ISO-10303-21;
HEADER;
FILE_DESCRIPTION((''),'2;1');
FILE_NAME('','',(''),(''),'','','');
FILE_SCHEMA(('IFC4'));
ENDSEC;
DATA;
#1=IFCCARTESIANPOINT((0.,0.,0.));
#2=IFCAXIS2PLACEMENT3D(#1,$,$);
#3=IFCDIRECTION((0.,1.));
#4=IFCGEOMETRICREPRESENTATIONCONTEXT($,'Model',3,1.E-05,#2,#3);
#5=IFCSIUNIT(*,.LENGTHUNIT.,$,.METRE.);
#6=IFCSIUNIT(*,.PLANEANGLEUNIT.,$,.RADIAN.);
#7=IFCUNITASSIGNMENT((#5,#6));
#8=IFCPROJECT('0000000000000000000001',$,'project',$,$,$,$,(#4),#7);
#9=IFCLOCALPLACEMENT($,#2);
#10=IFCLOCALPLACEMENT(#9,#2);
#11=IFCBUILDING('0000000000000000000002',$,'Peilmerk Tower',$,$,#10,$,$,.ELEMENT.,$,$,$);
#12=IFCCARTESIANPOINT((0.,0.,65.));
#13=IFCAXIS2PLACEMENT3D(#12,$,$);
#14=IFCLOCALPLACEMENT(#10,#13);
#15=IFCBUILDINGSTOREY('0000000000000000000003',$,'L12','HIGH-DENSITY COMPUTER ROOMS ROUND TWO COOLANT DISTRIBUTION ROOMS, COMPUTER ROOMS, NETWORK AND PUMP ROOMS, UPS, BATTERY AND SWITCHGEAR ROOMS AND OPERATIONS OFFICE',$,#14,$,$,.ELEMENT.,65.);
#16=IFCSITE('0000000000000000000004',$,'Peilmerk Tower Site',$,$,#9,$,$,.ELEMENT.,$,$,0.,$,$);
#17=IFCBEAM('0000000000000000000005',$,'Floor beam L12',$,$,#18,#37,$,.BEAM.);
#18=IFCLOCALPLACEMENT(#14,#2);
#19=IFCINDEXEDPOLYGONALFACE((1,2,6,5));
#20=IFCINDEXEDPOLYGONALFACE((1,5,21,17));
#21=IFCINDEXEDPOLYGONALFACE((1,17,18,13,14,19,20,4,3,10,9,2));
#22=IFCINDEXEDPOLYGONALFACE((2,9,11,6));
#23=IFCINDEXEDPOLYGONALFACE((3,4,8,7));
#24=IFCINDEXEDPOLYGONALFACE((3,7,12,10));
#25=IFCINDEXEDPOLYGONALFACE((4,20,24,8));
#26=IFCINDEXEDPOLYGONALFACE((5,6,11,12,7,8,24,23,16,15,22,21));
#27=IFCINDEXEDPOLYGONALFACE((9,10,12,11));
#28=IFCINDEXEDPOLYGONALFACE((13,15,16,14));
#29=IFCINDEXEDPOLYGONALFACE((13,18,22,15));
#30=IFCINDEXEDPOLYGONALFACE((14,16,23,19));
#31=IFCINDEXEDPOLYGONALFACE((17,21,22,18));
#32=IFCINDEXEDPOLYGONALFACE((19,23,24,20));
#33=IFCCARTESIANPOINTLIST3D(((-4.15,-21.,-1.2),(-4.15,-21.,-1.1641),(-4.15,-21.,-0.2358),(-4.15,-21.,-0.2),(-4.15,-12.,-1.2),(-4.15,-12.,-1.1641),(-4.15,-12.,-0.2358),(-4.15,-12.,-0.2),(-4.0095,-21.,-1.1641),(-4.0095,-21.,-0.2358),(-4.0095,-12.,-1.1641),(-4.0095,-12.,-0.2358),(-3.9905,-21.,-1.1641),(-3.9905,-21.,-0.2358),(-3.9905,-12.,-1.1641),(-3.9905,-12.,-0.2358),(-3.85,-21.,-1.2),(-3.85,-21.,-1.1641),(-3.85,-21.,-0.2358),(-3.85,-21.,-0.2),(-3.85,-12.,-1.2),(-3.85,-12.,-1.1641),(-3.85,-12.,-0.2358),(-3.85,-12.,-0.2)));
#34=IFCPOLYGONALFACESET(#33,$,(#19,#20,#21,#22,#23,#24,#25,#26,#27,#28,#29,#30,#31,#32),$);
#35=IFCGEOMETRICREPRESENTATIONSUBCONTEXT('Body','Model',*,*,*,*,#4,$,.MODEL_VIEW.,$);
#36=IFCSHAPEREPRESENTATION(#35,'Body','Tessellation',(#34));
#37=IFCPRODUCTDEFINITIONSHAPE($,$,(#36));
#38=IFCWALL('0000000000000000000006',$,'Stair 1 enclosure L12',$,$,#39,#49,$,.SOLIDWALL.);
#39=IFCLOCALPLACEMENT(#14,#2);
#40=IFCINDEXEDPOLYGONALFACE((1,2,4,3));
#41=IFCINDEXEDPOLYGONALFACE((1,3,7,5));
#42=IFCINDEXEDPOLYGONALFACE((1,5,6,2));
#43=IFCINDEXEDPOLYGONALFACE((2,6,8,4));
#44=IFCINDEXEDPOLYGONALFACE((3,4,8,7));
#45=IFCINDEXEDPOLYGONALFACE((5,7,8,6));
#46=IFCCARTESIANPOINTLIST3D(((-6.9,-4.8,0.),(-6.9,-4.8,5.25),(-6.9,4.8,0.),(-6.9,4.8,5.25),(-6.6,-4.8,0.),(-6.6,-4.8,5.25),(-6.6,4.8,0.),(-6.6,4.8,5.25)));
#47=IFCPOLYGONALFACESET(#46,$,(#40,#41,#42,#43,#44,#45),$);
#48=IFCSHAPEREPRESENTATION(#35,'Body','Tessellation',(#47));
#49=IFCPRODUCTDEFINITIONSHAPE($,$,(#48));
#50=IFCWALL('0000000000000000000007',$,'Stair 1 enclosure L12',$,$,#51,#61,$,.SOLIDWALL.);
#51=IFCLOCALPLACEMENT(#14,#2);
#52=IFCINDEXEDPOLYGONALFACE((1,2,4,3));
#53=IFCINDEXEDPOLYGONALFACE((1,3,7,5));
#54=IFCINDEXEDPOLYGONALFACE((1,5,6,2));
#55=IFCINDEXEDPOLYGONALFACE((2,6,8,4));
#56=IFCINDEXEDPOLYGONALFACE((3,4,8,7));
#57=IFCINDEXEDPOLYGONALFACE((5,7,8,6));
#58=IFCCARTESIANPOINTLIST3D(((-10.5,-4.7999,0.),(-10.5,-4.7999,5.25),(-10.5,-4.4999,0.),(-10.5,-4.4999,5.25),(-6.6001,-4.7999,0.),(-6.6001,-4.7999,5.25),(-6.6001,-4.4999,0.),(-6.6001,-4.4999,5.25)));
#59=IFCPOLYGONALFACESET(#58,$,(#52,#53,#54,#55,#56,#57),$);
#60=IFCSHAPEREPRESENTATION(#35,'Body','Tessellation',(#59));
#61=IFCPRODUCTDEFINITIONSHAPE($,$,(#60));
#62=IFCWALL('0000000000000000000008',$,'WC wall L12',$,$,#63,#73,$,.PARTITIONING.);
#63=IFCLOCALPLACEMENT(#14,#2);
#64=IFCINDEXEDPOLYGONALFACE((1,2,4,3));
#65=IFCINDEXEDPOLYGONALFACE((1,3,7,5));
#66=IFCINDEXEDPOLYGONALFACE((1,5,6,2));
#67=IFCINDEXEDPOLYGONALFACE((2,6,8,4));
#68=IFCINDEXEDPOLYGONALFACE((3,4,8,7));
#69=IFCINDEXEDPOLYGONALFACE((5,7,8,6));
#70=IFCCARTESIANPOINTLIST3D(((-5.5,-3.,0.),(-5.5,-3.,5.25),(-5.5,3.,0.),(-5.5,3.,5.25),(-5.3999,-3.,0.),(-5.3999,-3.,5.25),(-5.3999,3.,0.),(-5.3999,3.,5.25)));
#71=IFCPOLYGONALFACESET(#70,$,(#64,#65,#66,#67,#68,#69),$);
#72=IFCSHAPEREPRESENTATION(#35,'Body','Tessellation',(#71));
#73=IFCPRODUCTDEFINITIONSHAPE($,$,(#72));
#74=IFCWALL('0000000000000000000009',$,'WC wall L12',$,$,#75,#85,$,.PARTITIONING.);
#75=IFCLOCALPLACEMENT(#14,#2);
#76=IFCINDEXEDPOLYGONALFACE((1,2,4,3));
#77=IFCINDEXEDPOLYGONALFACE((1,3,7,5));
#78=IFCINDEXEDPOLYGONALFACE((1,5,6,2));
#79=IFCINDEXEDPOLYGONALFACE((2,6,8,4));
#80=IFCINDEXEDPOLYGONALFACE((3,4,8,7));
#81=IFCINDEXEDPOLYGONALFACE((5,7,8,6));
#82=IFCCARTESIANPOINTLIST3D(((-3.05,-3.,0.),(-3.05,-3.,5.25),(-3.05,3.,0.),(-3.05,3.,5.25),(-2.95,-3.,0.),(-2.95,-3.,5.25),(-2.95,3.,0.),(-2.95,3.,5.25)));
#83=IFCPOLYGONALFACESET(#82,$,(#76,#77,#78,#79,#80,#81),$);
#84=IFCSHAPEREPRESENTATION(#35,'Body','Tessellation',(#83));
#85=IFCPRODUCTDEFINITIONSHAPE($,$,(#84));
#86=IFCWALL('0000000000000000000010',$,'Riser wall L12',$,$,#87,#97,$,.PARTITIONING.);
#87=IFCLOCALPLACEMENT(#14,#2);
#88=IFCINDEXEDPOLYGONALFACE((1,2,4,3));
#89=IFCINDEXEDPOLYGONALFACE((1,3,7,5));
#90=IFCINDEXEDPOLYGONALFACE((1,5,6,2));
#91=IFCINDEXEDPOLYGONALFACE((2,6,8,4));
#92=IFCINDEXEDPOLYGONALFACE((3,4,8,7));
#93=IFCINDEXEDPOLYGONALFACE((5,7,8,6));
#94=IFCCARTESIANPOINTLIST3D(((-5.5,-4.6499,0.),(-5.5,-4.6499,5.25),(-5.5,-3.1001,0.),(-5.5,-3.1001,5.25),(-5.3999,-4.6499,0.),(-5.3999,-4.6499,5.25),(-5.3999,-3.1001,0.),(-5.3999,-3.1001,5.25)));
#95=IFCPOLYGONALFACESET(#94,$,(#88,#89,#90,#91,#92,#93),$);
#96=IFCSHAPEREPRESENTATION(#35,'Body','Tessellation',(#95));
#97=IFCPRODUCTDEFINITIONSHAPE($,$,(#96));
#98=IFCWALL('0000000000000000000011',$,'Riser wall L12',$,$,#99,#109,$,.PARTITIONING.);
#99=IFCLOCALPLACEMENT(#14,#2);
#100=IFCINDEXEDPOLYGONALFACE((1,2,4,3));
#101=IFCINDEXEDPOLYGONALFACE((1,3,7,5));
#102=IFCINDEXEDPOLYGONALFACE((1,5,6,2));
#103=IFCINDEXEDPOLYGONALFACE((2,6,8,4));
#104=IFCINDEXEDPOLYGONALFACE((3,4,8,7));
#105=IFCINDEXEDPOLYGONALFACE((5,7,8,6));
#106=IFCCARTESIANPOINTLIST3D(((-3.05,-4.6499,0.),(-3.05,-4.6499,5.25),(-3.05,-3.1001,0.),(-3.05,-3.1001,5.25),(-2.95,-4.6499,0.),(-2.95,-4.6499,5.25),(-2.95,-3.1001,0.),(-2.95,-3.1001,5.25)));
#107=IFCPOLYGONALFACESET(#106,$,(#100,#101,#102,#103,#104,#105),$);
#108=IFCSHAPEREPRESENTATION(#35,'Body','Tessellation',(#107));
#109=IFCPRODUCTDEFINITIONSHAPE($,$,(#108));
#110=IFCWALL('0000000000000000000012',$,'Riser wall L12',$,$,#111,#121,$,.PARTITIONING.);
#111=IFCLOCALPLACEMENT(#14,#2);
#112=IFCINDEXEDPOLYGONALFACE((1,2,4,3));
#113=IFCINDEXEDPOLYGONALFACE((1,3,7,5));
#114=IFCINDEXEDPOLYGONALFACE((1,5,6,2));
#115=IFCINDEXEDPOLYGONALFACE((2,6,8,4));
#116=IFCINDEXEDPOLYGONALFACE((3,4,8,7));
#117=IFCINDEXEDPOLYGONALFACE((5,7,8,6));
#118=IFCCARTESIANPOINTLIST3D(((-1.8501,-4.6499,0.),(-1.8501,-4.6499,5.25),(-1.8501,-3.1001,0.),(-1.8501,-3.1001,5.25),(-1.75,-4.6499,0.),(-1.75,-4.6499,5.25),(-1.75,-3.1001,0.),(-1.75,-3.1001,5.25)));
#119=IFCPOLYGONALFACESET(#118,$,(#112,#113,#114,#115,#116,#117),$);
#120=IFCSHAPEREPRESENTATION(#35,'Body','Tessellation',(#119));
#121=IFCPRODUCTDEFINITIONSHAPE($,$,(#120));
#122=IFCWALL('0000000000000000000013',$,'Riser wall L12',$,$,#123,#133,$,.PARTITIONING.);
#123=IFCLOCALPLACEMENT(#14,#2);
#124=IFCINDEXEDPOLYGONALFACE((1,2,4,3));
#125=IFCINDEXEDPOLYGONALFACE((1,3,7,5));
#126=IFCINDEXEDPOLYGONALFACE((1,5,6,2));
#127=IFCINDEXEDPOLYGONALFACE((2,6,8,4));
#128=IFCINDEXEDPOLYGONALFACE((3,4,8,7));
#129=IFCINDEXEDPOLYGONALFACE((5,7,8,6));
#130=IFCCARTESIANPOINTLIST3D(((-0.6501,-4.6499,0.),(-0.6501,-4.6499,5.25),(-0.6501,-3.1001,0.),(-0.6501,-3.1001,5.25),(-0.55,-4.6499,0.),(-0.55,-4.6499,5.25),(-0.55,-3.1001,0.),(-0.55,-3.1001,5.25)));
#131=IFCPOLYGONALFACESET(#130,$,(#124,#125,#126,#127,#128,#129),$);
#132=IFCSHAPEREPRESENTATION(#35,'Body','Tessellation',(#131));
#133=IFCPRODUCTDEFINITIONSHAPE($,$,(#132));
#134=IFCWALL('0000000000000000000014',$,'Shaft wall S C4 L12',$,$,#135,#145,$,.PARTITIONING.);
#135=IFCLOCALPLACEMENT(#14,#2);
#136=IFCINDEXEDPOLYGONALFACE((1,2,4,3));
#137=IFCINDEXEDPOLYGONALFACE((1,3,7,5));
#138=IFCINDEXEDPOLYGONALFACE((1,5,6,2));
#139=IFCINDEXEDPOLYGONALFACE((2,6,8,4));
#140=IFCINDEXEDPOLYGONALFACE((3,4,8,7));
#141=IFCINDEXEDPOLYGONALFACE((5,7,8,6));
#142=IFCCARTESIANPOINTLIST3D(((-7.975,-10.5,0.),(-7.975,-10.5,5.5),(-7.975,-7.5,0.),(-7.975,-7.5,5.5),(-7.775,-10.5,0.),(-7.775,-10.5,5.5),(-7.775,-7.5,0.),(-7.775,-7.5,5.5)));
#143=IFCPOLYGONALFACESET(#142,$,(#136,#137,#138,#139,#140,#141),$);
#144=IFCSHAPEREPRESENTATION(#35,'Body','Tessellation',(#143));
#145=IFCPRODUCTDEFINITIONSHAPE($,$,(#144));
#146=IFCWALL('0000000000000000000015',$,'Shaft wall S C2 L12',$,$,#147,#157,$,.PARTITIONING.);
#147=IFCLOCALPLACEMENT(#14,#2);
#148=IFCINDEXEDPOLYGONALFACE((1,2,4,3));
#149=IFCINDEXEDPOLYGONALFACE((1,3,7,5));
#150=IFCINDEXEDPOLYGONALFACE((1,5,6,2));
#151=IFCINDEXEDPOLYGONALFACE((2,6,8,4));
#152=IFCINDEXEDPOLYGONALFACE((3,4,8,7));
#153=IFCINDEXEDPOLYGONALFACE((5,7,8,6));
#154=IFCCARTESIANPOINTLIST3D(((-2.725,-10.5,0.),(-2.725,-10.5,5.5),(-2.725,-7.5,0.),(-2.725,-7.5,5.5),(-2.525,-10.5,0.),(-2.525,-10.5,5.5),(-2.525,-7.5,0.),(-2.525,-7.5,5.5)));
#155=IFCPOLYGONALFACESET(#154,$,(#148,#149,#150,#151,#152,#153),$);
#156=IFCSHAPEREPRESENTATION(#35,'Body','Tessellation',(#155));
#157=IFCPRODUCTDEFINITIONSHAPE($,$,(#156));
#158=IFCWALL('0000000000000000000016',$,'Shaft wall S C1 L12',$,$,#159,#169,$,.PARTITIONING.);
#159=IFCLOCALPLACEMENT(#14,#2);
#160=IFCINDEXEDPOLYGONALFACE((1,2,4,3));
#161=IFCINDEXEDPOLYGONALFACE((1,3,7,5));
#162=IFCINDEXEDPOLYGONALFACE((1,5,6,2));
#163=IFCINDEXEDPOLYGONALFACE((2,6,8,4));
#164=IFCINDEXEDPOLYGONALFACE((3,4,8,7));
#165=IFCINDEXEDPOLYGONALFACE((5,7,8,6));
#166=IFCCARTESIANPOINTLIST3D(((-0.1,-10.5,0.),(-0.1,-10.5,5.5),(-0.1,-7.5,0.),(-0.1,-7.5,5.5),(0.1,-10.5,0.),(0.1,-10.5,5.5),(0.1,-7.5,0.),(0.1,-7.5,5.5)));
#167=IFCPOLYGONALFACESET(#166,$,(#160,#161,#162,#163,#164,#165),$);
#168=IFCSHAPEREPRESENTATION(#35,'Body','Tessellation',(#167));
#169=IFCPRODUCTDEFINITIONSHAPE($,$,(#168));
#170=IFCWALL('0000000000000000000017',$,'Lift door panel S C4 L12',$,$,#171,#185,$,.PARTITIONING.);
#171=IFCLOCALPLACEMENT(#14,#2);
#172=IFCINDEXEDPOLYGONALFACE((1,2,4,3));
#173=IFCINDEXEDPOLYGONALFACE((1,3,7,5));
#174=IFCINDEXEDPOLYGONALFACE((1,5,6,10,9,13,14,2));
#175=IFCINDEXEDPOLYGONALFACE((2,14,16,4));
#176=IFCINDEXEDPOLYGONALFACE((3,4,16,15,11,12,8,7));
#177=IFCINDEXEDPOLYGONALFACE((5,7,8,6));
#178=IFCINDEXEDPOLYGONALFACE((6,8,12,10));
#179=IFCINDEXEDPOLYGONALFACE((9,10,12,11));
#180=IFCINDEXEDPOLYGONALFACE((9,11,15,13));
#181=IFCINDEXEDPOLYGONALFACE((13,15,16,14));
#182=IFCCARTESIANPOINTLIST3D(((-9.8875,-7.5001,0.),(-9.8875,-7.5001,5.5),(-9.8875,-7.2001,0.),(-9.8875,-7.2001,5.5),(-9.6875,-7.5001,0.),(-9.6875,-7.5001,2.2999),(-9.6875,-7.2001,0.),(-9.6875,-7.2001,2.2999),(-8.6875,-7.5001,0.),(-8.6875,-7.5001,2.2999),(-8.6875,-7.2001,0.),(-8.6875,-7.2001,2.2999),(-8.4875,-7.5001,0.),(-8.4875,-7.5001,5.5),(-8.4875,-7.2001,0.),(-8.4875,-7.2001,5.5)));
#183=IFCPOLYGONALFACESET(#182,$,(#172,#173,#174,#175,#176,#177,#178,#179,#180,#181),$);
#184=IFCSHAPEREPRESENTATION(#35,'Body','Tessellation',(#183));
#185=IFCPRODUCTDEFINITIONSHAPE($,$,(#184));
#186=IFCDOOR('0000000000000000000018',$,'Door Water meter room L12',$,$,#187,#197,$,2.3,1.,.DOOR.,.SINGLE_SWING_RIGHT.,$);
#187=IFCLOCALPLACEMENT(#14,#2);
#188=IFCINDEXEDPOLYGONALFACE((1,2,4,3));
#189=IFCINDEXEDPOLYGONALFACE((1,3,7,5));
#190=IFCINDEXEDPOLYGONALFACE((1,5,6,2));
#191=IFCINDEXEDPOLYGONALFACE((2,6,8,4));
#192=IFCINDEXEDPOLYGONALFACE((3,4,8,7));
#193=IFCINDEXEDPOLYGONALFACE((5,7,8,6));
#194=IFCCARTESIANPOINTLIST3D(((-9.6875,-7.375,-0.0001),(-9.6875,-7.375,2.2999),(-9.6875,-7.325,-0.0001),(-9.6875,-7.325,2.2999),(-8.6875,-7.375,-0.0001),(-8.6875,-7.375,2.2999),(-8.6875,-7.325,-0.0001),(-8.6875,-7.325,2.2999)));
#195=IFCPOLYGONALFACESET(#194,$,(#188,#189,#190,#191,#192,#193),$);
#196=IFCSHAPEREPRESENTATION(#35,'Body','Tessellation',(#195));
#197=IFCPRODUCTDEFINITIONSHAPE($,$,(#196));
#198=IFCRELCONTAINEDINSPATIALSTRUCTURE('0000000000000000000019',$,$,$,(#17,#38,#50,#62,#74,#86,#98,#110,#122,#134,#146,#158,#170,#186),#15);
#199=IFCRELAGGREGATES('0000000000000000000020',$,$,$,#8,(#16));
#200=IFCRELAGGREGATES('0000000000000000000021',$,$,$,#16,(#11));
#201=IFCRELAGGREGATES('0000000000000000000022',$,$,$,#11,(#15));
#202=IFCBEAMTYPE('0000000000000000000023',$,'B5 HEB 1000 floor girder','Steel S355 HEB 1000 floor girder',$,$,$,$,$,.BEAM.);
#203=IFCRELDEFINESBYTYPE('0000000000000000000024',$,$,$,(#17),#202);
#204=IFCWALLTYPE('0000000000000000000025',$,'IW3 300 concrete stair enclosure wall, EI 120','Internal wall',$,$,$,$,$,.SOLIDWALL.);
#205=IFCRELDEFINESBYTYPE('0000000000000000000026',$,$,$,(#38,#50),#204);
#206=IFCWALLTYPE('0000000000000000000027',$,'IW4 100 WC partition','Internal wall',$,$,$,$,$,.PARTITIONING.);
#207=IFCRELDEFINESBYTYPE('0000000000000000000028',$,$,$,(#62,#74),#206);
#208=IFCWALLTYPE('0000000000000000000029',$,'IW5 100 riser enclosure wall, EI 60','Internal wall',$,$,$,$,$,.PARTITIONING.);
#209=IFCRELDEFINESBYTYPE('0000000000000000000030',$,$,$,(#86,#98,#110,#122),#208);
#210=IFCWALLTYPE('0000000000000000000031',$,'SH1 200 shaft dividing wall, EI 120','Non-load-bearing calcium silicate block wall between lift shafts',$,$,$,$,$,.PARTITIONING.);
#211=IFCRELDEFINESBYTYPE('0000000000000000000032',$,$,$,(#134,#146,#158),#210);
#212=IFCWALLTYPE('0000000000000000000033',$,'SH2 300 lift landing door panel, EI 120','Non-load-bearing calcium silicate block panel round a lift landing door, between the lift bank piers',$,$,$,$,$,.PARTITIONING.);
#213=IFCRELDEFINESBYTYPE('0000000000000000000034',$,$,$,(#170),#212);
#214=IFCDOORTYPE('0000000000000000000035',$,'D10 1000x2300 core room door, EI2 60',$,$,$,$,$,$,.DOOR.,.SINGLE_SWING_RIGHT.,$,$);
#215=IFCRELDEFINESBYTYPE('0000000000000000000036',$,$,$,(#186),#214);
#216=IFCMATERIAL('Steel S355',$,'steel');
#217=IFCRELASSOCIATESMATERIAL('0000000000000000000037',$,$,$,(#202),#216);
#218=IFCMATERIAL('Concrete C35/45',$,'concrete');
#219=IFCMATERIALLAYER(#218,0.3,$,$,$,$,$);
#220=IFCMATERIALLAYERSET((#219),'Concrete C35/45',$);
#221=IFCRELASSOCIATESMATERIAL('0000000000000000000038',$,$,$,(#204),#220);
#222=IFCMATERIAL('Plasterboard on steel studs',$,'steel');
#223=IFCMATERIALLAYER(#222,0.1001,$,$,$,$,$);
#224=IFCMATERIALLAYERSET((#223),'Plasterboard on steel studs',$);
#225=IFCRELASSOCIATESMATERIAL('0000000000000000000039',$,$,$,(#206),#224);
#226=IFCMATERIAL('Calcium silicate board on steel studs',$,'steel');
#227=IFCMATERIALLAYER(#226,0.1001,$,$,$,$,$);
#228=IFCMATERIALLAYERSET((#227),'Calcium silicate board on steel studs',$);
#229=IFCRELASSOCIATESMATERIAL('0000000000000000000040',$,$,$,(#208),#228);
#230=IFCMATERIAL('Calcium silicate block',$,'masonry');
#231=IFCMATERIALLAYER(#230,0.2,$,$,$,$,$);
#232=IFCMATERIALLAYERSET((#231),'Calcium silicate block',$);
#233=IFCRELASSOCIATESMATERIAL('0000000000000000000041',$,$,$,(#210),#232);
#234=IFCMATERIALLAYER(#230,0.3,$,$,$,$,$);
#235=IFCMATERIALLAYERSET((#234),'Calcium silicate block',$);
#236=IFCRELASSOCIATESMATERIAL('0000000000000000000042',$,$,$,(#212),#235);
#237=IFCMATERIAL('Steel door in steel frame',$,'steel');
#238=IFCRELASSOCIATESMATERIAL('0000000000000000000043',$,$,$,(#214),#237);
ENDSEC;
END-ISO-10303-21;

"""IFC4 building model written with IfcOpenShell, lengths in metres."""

from ifc_helpers import new_model, si_unit, direction, frame, frame_2d, origin, origin_2d, place, context, subcontext, project, spatial, rectangle, i_section, extrude, material, layer, layer_set, material_profile, profile_set, type_object, element, fill, save


model = new_model("IFC4")

# Units and contexts
model_context = context("Model", 3, precision=1e-05, world=origin(), true_north=direction((0.0, 1.0)))
body_context = subcontext(model_context, "Body", "Model", "MODEL_VIEW")
ifc_project = project(units=[si_unit("LENGTHUNIT", "METRE"), si_unit("PLANEANGLEUNIT", "RADIAN")], contexts=[model_context])

# Site, building, storey
site_placement = place(None, origin())
site = spatial("IfcSite", under=ifc_project, at=site_placement, Name="Peilmerk Tower Site", CompositionType="ELEMENT", RefElevation=0.0)
building_placement = place(site_placement, origin())
building = spatial("IfcBuilding", under=site, at=building_placement, Name="Peilmerk Tower", CompositionType="ELEMENT")
storey_placement = place(building_placement, frame((0.0, 0.0, 65.0)))
storey = spatial("IfcBuildingStorey", under=building, at=storey_placement, Name="L12", Description="HIGH-DENSITY COMPUTER ROOMS ROUND TWO COOLANT DISTRIBUTION ROOMS, COMPUTER ROOMS, NETWORK AND PUMP ROOMS, UPS, BATTERY AND SWITCHGEAR ROOMS AND OPERATIONS OFFICE", CompositionType="ELEMENT", Elevation=65.0)

# Beam
ifc_material_1 = material(Name="Steel S355", Category="steel")
ifc_material_profile = material_profile(ifc_material_1, i_section(OverallWidth=0.3, OverallDepth=1.0, WebThickness=0.019, FlangeThickness=0.0359, at=origin_2d()), Name="HEB 1000")
ifc_profile_set = profile_set([ifc_material_profile], Name="Steel S355")
beam_type = type_object("IfcBeamType", Name="B5 HEB 1000 floor girder", Description="Steel S355 HEB 1000 floor girder", PredefinedType="BEAM", material=ifc_profile_set)
beam_placement = place(storey_placement, frame((-4.0, -12.0, -0.7), z_axis=(0.0, -1.0, 0.0), x_axis=(1.0, 0.0, 0.0)))
element("IfcBeam", 1, at=beam_placement, inside=storey, type_object=beam_type, Name="Floor beam L12", PredefinedType="BEAM", context=body_context, shape_type="SweptSolid", body=[
    extrude(i_section(OverallWidth=0.3, OverallDepth=1.0, WebThickness=0.019, FlangeThickness=0.0359, at=origin_2d()), origin(), (0.0, 0.0, 1.0), 9.0),
])

# Walls
ifc_material_2 = material(Name="Concrete C35/45", Category="concrete")
ifc_layer_1 = layer(ifc_material_2, 0.3)
ifc_layer_set_1 = layer_set([ifc_layer_1], Name="Concrete C35/45")
wall_type_1 = type_object("IfcWallType", Name="IW3 300 concrete stair enclosure wall, EI 120", Description="Internal wall", PredefinedType="SOLIDWALL", material=ifc_layer_set_1)
wall_1_placement = place(storey_placement, frame((-6.75, -4.8, 0.0), z_axis=(0.0, 0.0, 1.0), x_axis=(0.0, 1.0, 0.0)))
element("IfcWall", 2, at=wall_1_placement, inside=storey, type_object=wall_type_1, Name="Stair 1 enclosure L12", PredefinedType="SOLIDWALL", context=body_context, shape_type="SweptSolid", body=[
    extrude(rectangle(XDim=9.6001, YDim=0.3, at=frame_2d((4.8, 0.0))), origin(), (0.0, 0.0, 1.0), 5.25),
])
wall_2_placement = place(storey_placement, frame((-6.6001, -4.6499, 0.0), z_axis=(0.0, 0.0, 1.0), x_axis=(-1.0, 0.0, 0.0)))
element("IfcWall", 3, at=wall_2_placement, inside=storey, type_object=wall_type_1, Name="Stair 1 enclosure L12", PredefinedType="SOLIDWALL", context=body_context, shape_type="SweptSolid", body=[
    extrude(rectangle(XDim=3.8999, YDim=0.3, at=frame_2d((1.95, 0.0))), origin(), (0.0, 0.0, 1.0), 5.25),
])
ifc_material_3 = material(Name="Plasterboard on steel studs", Category="steel")
ifc_layer_2 = layer(ifc_material_3, 0.1001)
ifc_layer_set_2 = layer_set([ifc_layer_2], Name="Plasterboard on steel studs")
wall_type_2 = type_object("IfcWallType", Name="IW4 100 WC partition", Description="Internal wall", PredefinedType="PARTITIONING", material=ifc_layer_set_2)
for number, where, z_axis, x_axis, name in (
    (4, (-5.45, -3.0, 0.0), (0.0, 0.0, 1.0), (0.0, 1.0, 0.0), "WC wall L12"),
    (5, (-3.0, -3.0, 0.0), (0.0, 0.0, 1.0), (0.0, 1.0, 0.0), "WC wall L12"),
):
    element("IfcWall", number, at=place(storey_placement, frame(where, z_axis=z_axis, x_axis=x_axis)), inside=storey, type_object=wall_type_2, Name=name, PredefinedType="PARTITIONING", context=body_context, shape_type="SweptSolid", body=[
        extrude(rectangle(XDim=6.0, YDim=0.1001, at=frame_2d((3.0, 0.0))), origin(), (0.0, 0.0, 1.0), 5.25),
    ])
ifc_material_4 = material(Name="Calcium silicate board on steel studs", Category="steel")
ifc_layer_3 = layer(ifc_material_4, 0.1001)
ifc_layer_set_3 = layer_set([ifc_layer_3], Name="Calcium silicate board on steel studs")
wall_type_3 = type_object("IfcWallType", Name="IW5 100 riser enclosure wall, EI 60", Description="Internal wall", PredefinedType="PARTITIONING", material=ifc_layer_set_3)
for number, where, z_axis, x_axis, name in (
    (6, (-5.45, -3.1001, 0.0), (0.0, 0.0, 1.0), (0.0, -1.0, 0.0), "Riser wall L12"),
    (7, (-3.0, -3.1001, 0.0), (0.0, 0.0, 1.0), (0.0, -1.0, 0.0), "Riser wall L12"),
    (8, (-1.8, -3.1001, 0.0), (0.0, 0.0, 1.0), (0.0, -1.0, 0.0), "Riser wall L12"),
    (9, (-0.6001, -3.1001, 0.0), (0.0, 0.0, 1.0), (0.0, -1.0, 0.0), "Riser wall L12"),
):
    element("IfcWall", number, at=place(storey_placement, frame(where, z_axis=z_axis, x_axis=x_axis)), inside=storey, type_object=wall_type_3, Name=name, PredefinedType="PARTITIONING", context=body_context, shape_type="SweptSolid", body=[
        extrude(rectangle(XDim=1.5498, YDim=0.1001, at=frame_2d((0.7749, 0.0))), origin(), (0.0, 0.0, 1.0), 5.25),
    ])
ifc_material_5 = material(Name="Calcium silicate block", Category="masonry")
ifc_layer_4 = layer(ifc_material_5, 0.2)
ifc_layer_set_4 = layer_set([ifc_layer_4], Name="Calcium silicate block")
wall_type_4 = type_object("IfcWallType", Name="SH1 200 shaft dividing wall, EI 120", Description="Non-load-bearing calcium silicate block wall between lift shafts", PredefinedType="PARTITIONING", material=ifc_layer_set_4)
for number, where, z_axis, x_axis, name in (
    (10, (-7.875, -10.5, 0.0), (0.0, 0.0, 1.0), (0.0, 1.0, 0.0), "Shaft wall S C4 L12"),
    (11, (-2.625, -10.5, 0.0), (0.0, 0.0, 1.0), (0.0, 1.0, 0.0), "Shaft wall S C2 L12"),
    (12, (0.0, -10.5, 0.0), (0.0, 0.0, 1.0), (0.0, 1.0, 0.0), "Shaft wall S C1 L12"),
):
    element("IfcWall", number, at=place(storey_placement, frame(where, z_axis=z_axis, x_axis=x_axis)), inside=storey, type_object=wall_type_4, Name=name, PredefinedType="PARTITIONING", context=body_context, shape_type="SweptSolid", body=[
        extrude(rectangle(XDim=3.0, YDim=0.2, at=frame_2d((1.5, 0.0))), origin(), (0.0, 0.0, 1.0), 5.5),
    ])

# Wall, opening, door
ifc_layer_5 = layer(ifc_material_5, 0.3)
ifc_layer_set_5 = layer_set([ifc_layer_5], Name="Calcium silicate block")
wall_type_5 = type_object("IfcWallType", Name="SH2 300 lift landing door panel, EI 120", Description="Non-load-bearing calcium silicate block panel round a lift landing door, between the lift bank piers", PredefinedType="PARTITIONING", material=ifc_layer_set_5)
wall_3_placement = place(storey_placement, frame((-9.8875, -7.3501, 0.0), z_axis=(0.0, 0.0, 1.0), x_axis=(1.0, 0.0, 0.0)))
wall_3 = element("IfcWall", 13, at=wall_3_placement, inside=storey, type_object=wall_type_5, Name="Lift door panel S C4 L12", PredefinedType="PARTITIONING", context=body_context, shape_type="SweptSolid", body=[
    extrude(rectangle(XDim=1.3999, YDim=0.3, at=frame_2d((0.7, 0.0))), origin(), (0.0, 0.0, 1.0), 5.5),
])
opening_1_placement = place(wall_3_placement, frame((0.2, 0.0, 0.0)))
opening_1 = element("IfcOpeningElement", 14, at=opening_1_placement, cuts=wall_3, PredefinedType="OPENING", context=body_context, shape_type="SweptSolid", body=[
    extrude(rectangle(XDim=1.0, YDim=2.3, at=frame_2d((0.5, 1.1499))), frame((0.0, 0.1599, 0.0), z_axis=(0.0, -1.0, 0.0), x_axis=(1.0, 0.0, 0.0)), (0.0, 0.0, 1.0), 0.3201),
])
ifc_material_6 = material(Name="Steel door in steel frame", Category="steel")
door_type = type_object("IfcDoorType", Name="D10 1000x2300 core room door, EI2 60", OperationType="SINGLE_SWING_RIGHT", PredefinedType="DOOR", material=ifc_material_6)
door_1_placement = place(opening_1_placement, frame((1.0, 0.0, 0.0), z_axis=(0.0, 0.0, 1.0), x_axis=(-1.0, 0.0, 0.0)))
door_1 = element("IfcDoor", 15, at=door_1_placement, inside=storey, type_object=door_type, Name="Door Water meter room L12", OperationType="SINGLE_SWING_RIGHT", OverallHeight=2.3, OverallWidth=1.0, PredefinedType="DOOR", context=body_context, shape_type="SweptSolid", body=[
    extrude(rectangle(XDim=1.0, YDim=2.3, at=frame_2d((0.5, 1.1499))), frame((0.0, 0.0249, 0.0), z_axis=(0.0, -1.0, 0.0), x_axis=(1.0, 0.0, 0.0)), (0.0, 0.0, 1.0), 0.05),
])
fill(opening_1, door_1)

save(model, "model.ifc")
